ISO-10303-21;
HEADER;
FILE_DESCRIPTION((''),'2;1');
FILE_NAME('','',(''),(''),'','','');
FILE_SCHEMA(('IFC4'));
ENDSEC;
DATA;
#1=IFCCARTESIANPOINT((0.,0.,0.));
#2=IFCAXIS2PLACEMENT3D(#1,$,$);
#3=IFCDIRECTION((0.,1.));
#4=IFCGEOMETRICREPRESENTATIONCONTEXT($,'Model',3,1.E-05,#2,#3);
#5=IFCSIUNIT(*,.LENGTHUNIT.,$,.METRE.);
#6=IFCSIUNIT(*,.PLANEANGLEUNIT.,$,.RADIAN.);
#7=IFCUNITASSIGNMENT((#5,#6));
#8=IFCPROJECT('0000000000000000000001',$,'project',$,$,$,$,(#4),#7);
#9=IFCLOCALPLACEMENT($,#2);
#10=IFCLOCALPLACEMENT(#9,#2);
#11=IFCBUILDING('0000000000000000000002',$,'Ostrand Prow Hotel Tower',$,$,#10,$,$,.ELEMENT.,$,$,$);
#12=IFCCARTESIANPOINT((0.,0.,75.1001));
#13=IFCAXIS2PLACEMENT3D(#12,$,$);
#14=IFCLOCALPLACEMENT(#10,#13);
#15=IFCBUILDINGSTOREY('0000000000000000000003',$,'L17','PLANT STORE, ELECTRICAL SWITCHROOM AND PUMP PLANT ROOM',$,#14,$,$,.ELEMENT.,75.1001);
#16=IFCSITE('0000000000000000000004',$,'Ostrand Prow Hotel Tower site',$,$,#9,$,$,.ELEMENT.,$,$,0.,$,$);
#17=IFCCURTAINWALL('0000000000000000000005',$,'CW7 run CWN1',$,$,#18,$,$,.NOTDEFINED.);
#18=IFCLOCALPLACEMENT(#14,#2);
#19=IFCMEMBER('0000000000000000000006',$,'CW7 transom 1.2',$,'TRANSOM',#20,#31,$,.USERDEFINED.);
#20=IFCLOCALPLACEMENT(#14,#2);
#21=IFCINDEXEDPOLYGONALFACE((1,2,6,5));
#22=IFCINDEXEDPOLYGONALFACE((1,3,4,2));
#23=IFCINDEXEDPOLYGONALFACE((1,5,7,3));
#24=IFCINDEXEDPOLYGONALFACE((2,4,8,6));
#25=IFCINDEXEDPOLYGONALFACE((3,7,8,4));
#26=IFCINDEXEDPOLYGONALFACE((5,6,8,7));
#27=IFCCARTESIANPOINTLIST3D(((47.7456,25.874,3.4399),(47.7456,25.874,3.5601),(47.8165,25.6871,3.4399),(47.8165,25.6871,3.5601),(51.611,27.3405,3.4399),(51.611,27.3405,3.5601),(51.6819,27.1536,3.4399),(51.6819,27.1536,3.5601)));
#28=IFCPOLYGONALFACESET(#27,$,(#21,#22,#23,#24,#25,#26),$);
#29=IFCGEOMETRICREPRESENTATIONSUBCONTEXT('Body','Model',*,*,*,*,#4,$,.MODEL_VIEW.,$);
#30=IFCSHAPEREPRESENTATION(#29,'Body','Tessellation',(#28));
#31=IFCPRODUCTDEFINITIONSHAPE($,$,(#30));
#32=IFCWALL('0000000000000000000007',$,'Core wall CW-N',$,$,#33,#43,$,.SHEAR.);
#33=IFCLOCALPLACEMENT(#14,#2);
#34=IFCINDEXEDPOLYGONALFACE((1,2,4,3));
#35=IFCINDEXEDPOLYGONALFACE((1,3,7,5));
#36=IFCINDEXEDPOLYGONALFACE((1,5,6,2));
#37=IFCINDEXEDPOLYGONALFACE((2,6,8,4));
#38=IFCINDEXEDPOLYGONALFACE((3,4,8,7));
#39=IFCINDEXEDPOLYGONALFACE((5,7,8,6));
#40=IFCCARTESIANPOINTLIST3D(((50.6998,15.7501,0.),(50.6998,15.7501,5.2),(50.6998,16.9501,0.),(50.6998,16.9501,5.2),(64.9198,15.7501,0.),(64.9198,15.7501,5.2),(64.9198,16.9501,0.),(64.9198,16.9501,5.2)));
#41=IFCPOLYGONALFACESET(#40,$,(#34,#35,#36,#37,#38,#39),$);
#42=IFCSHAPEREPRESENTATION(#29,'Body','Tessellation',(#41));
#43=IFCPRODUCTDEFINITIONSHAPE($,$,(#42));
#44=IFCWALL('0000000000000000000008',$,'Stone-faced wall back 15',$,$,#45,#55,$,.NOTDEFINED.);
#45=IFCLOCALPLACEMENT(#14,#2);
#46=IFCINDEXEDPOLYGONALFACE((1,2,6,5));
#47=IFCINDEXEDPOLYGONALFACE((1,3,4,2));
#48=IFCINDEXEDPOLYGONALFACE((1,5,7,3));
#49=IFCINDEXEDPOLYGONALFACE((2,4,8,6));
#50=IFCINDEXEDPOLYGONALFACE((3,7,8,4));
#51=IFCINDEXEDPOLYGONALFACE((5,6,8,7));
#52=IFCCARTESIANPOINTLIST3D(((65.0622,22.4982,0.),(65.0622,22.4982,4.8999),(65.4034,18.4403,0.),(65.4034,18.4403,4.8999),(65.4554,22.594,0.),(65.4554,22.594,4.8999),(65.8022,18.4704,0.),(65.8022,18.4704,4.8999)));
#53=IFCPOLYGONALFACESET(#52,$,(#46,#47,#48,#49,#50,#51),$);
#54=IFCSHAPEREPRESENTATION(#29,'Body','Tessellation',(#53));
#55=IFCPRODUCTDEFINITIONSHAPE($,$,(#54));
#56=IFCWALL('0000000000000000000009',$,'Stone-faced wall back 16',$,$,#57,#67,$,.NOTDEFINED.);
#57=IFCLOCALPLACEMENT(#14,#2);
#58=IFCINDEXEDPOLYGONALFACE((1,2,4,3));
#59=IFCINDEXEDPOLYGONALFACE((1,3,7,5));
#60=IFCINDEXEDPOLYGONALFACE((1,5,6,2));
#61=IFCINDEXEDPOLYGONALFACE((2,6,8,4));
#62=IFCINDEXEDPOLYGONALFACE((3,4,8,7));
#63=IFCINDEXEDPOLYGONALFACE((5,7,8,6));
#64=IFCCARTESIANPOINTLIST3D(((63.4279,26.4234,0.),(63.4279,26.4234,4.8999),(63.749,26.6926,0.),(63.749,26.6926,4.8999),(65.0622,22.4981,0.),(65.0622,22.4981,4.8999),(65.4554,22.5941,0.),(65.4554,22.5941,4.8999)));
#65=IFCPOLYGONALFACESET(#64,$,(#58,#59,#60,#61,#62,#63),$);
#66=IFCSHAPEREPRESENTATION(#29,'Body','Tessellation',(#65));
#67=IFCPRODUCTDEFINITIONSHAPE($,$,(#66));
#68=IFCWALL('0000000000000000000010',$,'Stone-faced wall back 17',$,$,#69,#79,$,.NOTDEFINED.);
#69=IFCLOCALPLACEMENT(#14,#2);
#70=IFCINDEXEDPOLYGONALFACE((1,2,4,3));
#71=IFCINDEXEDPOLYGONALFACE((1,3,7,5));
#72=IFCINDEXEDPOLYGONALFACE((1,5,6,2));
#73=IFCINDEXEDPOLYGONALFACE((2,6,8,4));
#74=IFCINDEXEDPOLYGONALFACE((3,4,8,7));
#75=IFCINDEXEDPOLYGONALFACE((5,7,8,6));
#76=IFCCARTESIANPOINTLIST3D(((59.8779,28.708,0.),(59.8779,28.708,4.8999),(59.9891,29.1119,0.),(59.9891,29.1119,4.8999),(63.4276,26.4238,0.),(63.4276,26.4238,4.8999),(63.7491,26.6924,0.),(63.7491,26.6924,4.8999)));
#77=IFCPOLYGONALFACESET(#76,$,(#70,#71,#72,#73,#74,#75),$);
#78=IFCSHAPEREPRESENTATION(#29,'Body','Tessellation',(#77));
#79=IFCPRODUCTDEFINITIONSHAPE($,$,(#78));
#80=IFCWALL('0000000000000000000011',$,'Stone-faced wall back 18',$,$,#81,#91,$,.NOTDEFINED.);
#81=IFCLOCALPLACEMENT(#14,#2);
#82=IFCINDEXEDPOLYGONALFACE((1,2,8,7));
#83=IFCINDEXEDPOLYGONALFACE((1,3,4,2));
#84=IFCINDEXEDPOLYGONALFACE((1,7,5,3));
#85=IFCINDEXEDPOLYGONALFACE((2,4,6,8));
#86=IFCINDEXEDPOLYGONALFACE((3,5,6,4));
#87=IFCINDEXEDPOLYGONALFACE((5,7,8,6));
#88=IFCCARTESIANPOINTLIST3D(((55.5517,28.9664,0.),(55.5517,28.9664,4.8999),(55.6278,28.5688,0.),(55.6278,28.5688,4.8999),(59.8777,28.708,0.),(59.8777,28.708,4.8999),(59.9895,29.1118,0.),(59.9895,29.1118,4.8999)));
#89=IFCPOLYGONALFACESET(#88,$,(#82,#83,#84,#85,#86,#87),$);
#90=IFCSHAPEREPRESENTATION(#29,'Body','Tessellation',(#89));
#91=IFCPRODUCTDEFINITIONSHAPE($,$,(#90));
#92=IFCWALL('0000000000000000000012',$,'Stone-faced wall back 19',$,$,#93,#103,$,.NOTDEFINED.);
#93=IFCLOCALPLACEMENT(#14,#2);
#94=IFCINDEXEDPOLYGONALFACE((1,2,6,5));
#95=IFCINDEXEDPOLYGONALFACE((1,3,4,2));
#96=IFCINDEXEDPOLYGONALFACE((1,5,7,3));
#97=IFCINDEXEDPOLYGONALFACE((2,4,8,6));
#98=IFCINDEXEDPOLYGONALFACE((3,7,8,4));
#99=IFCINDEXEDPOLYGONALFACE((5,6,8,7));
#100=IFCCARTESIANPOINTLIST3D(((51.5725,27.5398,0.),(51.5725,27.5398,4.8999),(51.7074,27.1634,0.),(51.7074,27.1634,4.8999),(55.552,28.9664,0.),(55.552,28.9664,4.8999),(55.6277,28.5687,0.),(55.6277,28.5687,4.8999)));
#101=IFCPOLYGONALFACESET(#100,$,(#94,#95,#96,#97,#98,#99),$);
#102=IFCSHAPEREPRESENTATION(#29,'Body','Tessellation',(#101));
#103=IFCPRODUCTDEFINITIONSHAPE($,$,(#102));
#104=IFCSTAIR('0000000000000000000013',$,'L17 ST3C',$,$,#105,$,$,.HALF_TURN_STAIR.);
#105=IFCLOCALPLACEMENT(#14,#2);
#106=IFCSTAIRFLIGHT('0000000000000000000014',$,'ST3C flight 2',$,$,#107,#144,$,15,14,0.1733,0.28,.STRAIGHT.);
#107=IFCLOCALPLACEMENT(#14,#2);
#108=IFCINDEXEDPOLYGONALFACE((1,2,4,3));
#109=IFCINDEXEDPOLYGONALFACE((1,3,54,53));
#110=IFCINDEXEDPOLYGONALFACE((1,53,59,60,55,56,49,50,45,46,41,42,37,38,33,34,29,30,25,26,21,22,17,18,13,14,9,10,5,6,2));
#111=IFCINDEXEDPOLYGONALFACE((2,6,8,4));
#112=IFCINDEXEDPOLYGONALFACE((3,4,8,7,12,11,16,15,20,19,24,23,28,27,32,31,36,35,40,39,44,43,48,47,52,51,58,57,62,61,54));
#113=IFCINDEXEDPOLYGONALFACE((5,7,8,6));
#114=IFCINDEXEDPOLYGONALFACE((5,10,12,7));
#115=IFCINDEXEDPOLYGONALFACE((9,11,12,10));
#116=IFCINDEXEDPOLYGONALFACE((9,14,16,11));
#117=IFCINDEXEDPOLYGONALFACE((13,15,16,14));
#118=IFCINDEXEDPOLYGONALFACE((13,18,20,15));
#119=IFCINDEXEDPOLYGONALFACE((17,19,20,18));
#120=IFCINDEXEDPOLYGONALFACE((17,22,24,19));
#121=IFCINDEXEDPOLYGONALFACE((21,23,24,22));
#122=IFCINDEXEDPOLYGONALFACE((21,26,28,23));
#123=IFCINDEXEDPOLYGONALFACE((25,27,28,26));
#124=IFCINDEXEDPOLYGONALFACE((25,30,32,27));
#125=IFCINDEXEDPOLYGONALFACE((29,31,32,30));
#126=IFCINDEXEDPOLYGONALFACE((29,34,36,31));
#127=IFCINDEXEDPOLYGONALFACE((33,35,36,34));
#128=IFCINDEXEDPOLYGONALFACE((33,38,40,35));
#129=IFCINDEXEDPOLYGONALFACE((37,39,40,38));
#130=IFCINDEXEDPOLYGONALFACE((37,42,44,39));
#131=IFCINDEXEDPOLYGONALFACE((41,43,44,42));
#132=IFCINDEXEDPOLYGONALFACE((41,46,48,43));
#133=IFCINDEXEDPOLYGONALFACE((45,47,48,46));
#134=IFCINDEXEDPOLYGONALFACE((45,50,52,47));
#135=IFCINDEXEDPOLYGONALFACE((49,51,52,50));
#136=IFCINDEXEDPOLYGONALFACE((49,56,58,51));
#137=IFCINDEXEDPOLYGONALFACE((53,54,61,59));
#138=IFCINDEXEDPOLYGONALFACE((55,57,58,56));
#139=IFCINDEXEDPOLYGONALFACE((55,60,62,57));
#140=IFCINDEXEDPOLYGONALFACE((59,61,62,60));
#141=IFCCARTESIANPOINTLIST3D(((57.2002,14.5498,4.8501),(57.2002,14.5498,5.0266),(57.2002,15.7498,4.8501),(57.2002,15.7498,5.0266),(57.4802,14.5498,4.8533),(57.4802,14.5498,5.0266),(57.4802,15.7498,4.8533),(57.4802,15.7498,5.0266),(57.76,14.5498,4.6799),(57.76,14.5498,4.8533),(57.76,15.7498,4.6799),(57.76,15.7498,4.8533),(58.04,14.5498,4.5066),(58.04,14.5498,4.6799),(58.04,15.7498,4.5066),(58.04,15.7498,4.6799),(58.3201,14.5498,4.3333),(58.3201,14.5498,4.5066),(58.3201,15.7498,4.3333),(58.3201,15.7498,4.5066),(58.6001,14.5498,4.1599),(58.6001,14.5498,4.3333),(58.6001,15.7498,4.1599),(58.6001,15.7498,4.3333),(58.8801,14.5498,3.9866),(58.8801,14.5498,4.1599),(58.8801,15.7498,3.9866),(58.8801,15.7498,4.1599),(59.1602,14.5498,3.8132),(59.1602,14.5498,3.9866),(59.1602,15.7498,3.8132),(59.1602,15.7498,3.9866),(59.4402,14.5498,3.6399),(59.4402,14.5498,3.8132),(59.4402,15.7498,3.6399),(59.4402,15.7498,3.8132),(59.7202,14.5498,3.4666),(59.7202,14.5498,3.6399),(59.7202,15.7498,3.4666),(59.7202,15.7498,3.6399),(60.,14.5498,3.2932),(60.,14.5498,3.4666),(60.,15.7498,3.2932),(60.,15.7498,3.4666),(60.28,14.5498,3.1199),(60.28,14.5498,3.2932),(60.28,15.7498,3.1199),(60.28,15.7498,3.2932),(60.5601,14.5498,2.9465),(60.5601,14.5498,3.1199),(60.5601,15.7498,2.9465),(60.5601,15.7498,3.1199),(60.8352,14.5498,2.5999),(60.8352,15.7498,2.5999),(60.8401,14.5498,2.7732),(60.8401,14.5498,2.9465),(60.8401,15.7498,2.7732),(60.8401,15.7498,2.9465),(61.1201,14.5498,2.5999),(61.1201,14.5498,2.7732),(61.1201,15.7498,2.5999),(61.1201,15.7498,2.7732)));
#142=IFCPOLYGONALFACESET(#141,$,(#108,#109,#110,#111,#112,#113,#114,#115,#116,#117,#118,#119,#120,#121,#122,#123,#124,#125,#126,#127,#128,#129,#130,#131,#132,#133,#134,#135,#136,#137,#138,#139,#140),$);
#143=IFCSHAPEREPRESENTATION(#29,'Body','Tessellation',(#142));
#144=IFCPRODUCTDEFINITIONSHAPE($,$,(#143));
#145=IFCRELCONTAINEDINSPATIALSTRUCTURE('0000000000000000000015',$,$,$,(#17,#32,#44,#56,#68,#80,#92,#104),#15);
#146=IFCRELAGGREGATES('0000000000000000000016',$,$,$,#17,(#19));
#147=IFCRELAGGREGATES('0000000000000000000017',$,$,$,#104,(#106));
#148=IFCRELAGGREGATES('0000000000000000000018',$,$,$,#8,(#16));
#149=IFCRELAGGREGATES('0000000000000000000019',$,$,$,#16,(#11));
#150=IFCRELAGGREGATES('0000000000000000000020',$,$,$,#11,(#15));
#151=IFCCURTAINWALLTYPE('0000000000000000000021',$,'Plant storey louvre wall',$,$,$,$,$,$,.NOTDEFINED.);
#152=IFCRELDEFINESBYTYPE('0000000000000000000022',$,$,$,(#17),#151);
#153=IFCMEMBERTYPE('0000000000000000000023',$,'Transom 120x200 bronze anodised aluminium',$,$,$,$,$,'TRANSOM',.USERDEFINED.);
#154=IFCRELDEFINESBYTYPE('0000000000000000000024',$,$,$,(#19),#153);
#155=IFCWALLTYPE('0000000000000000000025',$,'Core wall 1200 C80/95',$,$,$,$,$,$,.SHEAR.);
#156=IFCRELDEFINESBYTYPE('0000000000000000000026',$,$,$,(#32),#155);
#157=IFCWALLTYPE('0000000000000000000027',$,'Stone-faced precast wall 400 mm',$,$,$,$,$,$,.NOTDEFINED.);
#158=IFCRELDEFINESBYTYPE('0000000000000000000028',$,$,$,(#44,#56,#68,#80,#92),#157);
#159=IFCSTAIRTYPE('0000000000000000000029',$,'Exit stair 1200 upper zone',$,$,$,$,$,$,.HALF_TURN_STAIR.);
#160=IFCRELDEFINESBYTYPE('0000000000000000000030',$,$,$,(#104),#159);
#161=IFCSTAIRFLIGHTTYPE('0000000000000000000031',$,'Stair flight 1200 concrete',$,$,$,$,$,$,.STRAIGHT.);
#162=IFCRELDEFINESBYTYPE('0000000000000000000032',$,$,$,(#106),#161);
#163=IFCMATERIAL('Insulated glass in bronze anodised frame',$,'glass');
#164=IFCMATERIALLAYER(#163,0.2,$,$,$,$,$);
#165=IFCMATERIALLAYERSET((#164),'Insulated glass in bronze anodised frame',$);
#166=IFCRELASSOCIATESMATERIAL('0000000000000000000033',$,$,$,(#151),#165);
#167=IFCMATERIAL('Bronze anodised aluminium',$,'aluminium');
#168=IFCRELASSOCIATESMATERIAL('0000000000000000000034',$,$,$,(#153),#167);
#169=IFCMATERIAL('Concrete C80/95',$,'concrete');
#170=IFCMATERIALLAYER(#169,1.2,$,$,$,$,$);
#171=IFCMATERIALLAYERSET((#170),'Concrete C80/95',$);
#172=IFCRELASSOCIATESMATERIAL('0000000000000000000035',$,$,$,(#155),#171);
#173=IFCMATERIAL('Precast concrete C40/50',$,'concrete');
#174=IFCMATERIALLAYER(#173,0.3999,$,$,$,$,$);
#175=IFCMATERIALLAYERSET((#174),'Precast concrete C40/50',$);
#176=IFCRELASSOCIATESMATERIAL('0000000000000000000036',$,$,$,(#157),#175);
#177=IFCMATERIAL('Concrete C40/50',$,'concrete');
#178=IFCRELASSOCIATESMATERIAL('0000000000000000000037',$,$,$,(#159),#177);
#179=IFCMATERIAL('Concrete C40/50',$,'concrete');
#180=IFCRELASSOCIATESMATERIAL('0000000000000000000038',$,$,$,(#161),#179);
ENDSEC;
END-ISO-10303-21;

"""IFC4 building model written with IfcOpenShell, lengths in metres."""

from ifc_helpers import new_model, si_unit, direction, frame, frame_2d, origin, origin_2d, place, context, subcontext, project, spatial, polyline, rectangle, outline, extrude, material, layer, layer_set, material_profile, profile_set, type_object, element, aggregate, save


model = new_model("IFC4")

# Units and contexts
model_context = context("Model", 3, precision=1e-05, world=origin(), true_north=direction((0.0, 1.0)))
body_context = subcontext(model_context, "Body", "Model", "MODEL_VIEW")
ifc_project = project(units=[si_unit("LENGTHUNIT", "METRE"), si_unit("PLANEANGLEUNIT", "RADIAN")], contexts=[model_context])

# Site, building, storey
site_placement = place(None, origin())
site = spatial("IfcSite", under=ifc_project, at=site_placement, Name="Ostrand Prow Hotel Tower site", CompositionType="ELEMENT", RefElevation=0.0)
building_placement = place(site_placement, origin())
building = spatial("IfcBuilding", under=site, at=building_placement, Name="Ostrand Prow Hotel Tower", CompositionType="ELEMENT")
storey_placement = place(building_placement, frame((0.0, 0.0, 75.1001)))
storey = spatial("IfcBuildingStorey", under=building, at=storey_placement, Name="L17", Description="PLANT STORE, ELECTRICAL SWITCHROOM AND PUMP PLANT ROOM", CompositionType="ELEMENT", Elevation=75.1001)

# Curtain wall
ifc_material_1 = material(Name="Insulated glass in bronze anodised frame", Category="glass")
ifc_layer_1 = layer(ifc_material_1, 0.2)
ifc_layer_set_1 = layer_set([ifc_layer_1], Name="Insulated glass in bronze anodised frame")
curtain_wall_type = type_object("IfcCurtainWallType", Name="Plant storey louvre wall", PredefinedType="NOTDEFINED", material=ifc_layer_set_1)
curtain_wall_placement = place(storey_placement, origin())
curtain_wall = element("IfcCurtainWall", 1, at=curtain_wall_placement, inside=storey, type_object=curtain_wall_type, Name="CW7 run CWN1", PredefinedType="NOTDEFINED")

# Member
ifc_material_2 = material(Name="Bronze anodised aluminium", Category="aluminium")
ifc_material_profile_1 = material_profile(ifc_material_2, rectangle(XDim=0.2, YDim=0.1201, at=origin_2d()), Name="Transom 120x200 bronze anodised aluminium")
ifc_profile_set_1 = profile_set([ifc_material_profile_1], Name="Bronze anodised aluminium")
member_type_1 = type_object("IfcMemberType", Name="Transom 120x200 bronze anodised aluminium", ElementType="TRANSOM", PredefinedType="USERDEFINED", material=ifc_profile_set_1)
member_1_placement = place(storey_placement, frame((51.6465, 27.2471, 3.5), z_axis=(-0.934971, -0.354725, 0.0), x_axis=(0.354725, -0.934971, 0.0)))
member_1 = element("IfcMember", 2, at=member_1_placement, type_object=member_type_1, Name="CW7 transom 1.2", ObjectType="TRANSOM", PredefinedType="USERDEFINED", context=body_context, shape_type="SweptSolid", body=[
    extrude(rectangle(XDim=0.2, YDim=0.1201, at=origin_2d()), origin(), (0.0, 0.0, 1.0), 4.1343),
])
aggregate(curtain_wall, [member_1])

# Walls
ifc_material_3 = material(Name="Concrete C80/95", Category="concrete")
ifc_layer_2 = layer(ifc_material_3, 1.2)
ifc_layer_set_2 = layer_set([ifc_layer_2], Name="Concrete C80/95")
wall_type_1 = type_object("IfcWallType", Name="Core wall 1200 C80/95", PredefinedType="SHEAR", material=ifc_layer_set_2)
wall_1_placement = place(storey_placement, frame((50.7, 16.3501, 0.0), z_axis=(0.0, 0.0, 1.0), x_axis=(1.0, 0.0, 0.0)))
element("IfcWall", 3, at=wall_1_placement, inside=storey, type_object=wall_type_1, Name="Core wall CW-N", PredefinedType="SHEAR", context=body_context, shape_type="SweptSolid", body=[
    extrude(rectangle(XDim=14.22, YDim=1.2, at=frame_2d((7.1099, 0.0))), origin(), (0.0, 0.0, 1.0), 5.2),
])
ifc_material_4 = material(Name="Precast concrete C40/50", Category="concrete")
ifc_layer_3 = layer(ifc_material_4, 0.3999)
ifc_layer_set_3 = layer_set([ifc_layer_3], Name="Precast concrete C40/50")
wall_type_2 = type_object("IfcWallType", Name="Stone-faced precast wall 400 mm", PredefinedType="NOTDEFINED", material=ifc_layer_set_3)
wall_2_placement = place(storey_placement, frame((65.6028, 18.4553, 0.0), z_axis=(0.0, 0.0, 1.0), x_axis=(-0.083794, 0.996483, 0.0)))
element("IfcWall", 4, at=wall_2_placement, inside=storey, type_object=wall_type_2, Name="Stone-faced wall back 15", PredefinedType="NOTDEFINED", context=body_context, shape_type="SweptSolid", body=[
    extrude(outline(polyline([(-0.0017, -0.2), (4.1365, -0.2), (4.074, 0.2), (0.0017, 0.2), (-0.0017, -0.2)])), origin(), (0.0, 0.0, 1.0), 4.8999),
])
wall_3_placement = place(storey_placement, frame((65.2588, 22.5461, 0.0), z_axis=(0.0, 0.0, 1.0), x_axis=(-0.384372, 0.923178, 0.0)))
element("IfcWall", 5, at=wall_3_placement, inside=storey, type_object=wall_type_2, Name="Stone-faced wall back 16", PredefinedType="NOTDEFINED", context=body_context, shape_type="SweptSolid", body=[
    extrude(outline(polyline([(-0.0312, -0.2), (4.4082, -0.2), (4.2832, 0.2), (0.0312, 0.2), (-0.0312, -0.2)])), origin(), (0.0, 0.0, 1.0), 4.8999),
])
wall_4_placement = place(storey_placement, frame((63.5884, 26.5581, 0.0), z_axis=(0.0, 0.0, 1.0), x_axis=(-0.840937, 0.541132, 0.0)))
element("IfcWall", 6, at=wall_4_placement, inside=storey, type_object=wall_type_2, Name="Stone-faced wall back 17", PredefinedType="NOTDEFINED", context=body_context, shape_type="SweptSolid", body=[
    extrude(outline(polyline([(-0.0625, -0.2), (4.4087, -0.2), (4.2837, 0.2), (0.0625, 0.2), (-0.0625, -0.2)])), origin(), (0.0, 0.0, 1.0), 4.8999),
])
wall_5_placement = place(storey_placement, frame((59.9336, 28.9099, 0.0), z_axis=(0.0, 0.0, 1.0), x_axis=(-0.999464, -0.03275, 0.0)))
element("IfcWall", 7, at=wall_5_placement, inside=storey, type_object=wall_type_2, Name="Stone-faced wall back 18", PredefinedType="NOTDEFINED", context=body_context, shape_type="SweptSolid", body=[
    extrude(outline(polyline([(-0.0625, -0.2), (4.3777, -0.2), (4.3147, 0.2), (0.0625, 0.2), (-0.0625, -0.2)])), origin(), (0.0, 0.0, 1.0), 4.8999),
])
wall_6_placement = place(storey_placement, frame((55.5898, 28.7676, 0.0), z_axis=(0.0, 0.0, 1.0), x_axis=(-0.94134, -0.33746, 0.0)))
element("IfcWall", 8, at=wall_6_placement, inside=storey, type_object=wall_type_2, Name="Stone-faced wall back 19", PredefinedType="NOTDEFINED", context=body_context, shape_type="SweptSolid", body=[
    extrude(outline(polyline([(-0.0315, -0.2), (4.196, -0.2), (4.196, 0.2), (0.0315, 0.2), (-0.0315, -0.2)])), origin(), (0.0, 0.0, 1.0), 4.8999),
])

# Stair, stair flight
ifc_material_5 = material(Name="Concrete C40/50", Category="concrete")
stair_type = type_object("IfcStairType", Name="Exit stair 1200 upper zone", PredefinedType="HALF_TURN_STAIR", material=ifc_material_5)
stair_placement = place(storey_placement, origin())
stair = element("IfcStair", 9, at=stair_placement, inside=storey, type_object=stair_type, Name="L17 ST3C", PredefinedType="HALF_TURN_STAIR")
ifc_material_6 = material(Name="Concrete C40/50", Category="concrete")
stair_flight_type = type_object("IfcStairFlightType", Name="Stair flight 1200 concrete", PredefinedType="STRAIGHT", material=ifc_material_6)
stair_flight_placement = place(storey_placement, frame((61.1201, 15.1499, 2.5999), z_axis=(0.0, 0.0, 1.0), x_axis=(-1.0, 0.0, 0.0)))
stair_flight = element("IfcStairFlight", 10, at=stair_flight_placement, type_object=stair_flight_type, Name="ST3C flight 2", NumberOfRisers=15, NumberOfTreads=14, PredefinedType="STRAIGHT", RiserHeight=0.1733, TreadLength=0.28, context=body_context, shape_type="SweptSolid", body=[
    extrude(outline(polyline([(0.0, 0.0), (0.0, 0.1733), (0.28, 0.1733), (0.28, 0.3467), (0.5601, 0.3467), (0.5601, 0.52), (0.8401, 0.52), (0.8401, 0.6934), (1.1201, 0.6934), (1.1201, 0.8667), (1.3999, 0.8667), (1.3999, 1.04), (1.6799, 1.04), (1.6799, 1.2134), (1.96, 1.2134), (1.96, 1.3867), (2.24, 1.3867), (2.24, 1.5601), (2.52, 1.5601), (2.52, 1.7334), (2.8, 1.7334), (2.8, 1.9067), (3.0801, 1.9067), (3.0801, 2.0801), (3.3601, 2.0801), (3.3601, 2.2534), (3.6399, 2.2534), (3.6399, 2.4268), (3.9199, 2.4268), (3.9199, 2.6001), (3.9199, 2.2502), (0.2849, 0.0), (0.0, 0.0)])), frame((0.0, 0.6001, 0.0), z_axis=(0.0, -1.0, 0.0), x_axis=(1.0, 0.0, 0.0)), (0.0, 0.0, 1.0), 1.2),
])
aggregate(stair, [stair_flight])

save(model, "model.ifc")
